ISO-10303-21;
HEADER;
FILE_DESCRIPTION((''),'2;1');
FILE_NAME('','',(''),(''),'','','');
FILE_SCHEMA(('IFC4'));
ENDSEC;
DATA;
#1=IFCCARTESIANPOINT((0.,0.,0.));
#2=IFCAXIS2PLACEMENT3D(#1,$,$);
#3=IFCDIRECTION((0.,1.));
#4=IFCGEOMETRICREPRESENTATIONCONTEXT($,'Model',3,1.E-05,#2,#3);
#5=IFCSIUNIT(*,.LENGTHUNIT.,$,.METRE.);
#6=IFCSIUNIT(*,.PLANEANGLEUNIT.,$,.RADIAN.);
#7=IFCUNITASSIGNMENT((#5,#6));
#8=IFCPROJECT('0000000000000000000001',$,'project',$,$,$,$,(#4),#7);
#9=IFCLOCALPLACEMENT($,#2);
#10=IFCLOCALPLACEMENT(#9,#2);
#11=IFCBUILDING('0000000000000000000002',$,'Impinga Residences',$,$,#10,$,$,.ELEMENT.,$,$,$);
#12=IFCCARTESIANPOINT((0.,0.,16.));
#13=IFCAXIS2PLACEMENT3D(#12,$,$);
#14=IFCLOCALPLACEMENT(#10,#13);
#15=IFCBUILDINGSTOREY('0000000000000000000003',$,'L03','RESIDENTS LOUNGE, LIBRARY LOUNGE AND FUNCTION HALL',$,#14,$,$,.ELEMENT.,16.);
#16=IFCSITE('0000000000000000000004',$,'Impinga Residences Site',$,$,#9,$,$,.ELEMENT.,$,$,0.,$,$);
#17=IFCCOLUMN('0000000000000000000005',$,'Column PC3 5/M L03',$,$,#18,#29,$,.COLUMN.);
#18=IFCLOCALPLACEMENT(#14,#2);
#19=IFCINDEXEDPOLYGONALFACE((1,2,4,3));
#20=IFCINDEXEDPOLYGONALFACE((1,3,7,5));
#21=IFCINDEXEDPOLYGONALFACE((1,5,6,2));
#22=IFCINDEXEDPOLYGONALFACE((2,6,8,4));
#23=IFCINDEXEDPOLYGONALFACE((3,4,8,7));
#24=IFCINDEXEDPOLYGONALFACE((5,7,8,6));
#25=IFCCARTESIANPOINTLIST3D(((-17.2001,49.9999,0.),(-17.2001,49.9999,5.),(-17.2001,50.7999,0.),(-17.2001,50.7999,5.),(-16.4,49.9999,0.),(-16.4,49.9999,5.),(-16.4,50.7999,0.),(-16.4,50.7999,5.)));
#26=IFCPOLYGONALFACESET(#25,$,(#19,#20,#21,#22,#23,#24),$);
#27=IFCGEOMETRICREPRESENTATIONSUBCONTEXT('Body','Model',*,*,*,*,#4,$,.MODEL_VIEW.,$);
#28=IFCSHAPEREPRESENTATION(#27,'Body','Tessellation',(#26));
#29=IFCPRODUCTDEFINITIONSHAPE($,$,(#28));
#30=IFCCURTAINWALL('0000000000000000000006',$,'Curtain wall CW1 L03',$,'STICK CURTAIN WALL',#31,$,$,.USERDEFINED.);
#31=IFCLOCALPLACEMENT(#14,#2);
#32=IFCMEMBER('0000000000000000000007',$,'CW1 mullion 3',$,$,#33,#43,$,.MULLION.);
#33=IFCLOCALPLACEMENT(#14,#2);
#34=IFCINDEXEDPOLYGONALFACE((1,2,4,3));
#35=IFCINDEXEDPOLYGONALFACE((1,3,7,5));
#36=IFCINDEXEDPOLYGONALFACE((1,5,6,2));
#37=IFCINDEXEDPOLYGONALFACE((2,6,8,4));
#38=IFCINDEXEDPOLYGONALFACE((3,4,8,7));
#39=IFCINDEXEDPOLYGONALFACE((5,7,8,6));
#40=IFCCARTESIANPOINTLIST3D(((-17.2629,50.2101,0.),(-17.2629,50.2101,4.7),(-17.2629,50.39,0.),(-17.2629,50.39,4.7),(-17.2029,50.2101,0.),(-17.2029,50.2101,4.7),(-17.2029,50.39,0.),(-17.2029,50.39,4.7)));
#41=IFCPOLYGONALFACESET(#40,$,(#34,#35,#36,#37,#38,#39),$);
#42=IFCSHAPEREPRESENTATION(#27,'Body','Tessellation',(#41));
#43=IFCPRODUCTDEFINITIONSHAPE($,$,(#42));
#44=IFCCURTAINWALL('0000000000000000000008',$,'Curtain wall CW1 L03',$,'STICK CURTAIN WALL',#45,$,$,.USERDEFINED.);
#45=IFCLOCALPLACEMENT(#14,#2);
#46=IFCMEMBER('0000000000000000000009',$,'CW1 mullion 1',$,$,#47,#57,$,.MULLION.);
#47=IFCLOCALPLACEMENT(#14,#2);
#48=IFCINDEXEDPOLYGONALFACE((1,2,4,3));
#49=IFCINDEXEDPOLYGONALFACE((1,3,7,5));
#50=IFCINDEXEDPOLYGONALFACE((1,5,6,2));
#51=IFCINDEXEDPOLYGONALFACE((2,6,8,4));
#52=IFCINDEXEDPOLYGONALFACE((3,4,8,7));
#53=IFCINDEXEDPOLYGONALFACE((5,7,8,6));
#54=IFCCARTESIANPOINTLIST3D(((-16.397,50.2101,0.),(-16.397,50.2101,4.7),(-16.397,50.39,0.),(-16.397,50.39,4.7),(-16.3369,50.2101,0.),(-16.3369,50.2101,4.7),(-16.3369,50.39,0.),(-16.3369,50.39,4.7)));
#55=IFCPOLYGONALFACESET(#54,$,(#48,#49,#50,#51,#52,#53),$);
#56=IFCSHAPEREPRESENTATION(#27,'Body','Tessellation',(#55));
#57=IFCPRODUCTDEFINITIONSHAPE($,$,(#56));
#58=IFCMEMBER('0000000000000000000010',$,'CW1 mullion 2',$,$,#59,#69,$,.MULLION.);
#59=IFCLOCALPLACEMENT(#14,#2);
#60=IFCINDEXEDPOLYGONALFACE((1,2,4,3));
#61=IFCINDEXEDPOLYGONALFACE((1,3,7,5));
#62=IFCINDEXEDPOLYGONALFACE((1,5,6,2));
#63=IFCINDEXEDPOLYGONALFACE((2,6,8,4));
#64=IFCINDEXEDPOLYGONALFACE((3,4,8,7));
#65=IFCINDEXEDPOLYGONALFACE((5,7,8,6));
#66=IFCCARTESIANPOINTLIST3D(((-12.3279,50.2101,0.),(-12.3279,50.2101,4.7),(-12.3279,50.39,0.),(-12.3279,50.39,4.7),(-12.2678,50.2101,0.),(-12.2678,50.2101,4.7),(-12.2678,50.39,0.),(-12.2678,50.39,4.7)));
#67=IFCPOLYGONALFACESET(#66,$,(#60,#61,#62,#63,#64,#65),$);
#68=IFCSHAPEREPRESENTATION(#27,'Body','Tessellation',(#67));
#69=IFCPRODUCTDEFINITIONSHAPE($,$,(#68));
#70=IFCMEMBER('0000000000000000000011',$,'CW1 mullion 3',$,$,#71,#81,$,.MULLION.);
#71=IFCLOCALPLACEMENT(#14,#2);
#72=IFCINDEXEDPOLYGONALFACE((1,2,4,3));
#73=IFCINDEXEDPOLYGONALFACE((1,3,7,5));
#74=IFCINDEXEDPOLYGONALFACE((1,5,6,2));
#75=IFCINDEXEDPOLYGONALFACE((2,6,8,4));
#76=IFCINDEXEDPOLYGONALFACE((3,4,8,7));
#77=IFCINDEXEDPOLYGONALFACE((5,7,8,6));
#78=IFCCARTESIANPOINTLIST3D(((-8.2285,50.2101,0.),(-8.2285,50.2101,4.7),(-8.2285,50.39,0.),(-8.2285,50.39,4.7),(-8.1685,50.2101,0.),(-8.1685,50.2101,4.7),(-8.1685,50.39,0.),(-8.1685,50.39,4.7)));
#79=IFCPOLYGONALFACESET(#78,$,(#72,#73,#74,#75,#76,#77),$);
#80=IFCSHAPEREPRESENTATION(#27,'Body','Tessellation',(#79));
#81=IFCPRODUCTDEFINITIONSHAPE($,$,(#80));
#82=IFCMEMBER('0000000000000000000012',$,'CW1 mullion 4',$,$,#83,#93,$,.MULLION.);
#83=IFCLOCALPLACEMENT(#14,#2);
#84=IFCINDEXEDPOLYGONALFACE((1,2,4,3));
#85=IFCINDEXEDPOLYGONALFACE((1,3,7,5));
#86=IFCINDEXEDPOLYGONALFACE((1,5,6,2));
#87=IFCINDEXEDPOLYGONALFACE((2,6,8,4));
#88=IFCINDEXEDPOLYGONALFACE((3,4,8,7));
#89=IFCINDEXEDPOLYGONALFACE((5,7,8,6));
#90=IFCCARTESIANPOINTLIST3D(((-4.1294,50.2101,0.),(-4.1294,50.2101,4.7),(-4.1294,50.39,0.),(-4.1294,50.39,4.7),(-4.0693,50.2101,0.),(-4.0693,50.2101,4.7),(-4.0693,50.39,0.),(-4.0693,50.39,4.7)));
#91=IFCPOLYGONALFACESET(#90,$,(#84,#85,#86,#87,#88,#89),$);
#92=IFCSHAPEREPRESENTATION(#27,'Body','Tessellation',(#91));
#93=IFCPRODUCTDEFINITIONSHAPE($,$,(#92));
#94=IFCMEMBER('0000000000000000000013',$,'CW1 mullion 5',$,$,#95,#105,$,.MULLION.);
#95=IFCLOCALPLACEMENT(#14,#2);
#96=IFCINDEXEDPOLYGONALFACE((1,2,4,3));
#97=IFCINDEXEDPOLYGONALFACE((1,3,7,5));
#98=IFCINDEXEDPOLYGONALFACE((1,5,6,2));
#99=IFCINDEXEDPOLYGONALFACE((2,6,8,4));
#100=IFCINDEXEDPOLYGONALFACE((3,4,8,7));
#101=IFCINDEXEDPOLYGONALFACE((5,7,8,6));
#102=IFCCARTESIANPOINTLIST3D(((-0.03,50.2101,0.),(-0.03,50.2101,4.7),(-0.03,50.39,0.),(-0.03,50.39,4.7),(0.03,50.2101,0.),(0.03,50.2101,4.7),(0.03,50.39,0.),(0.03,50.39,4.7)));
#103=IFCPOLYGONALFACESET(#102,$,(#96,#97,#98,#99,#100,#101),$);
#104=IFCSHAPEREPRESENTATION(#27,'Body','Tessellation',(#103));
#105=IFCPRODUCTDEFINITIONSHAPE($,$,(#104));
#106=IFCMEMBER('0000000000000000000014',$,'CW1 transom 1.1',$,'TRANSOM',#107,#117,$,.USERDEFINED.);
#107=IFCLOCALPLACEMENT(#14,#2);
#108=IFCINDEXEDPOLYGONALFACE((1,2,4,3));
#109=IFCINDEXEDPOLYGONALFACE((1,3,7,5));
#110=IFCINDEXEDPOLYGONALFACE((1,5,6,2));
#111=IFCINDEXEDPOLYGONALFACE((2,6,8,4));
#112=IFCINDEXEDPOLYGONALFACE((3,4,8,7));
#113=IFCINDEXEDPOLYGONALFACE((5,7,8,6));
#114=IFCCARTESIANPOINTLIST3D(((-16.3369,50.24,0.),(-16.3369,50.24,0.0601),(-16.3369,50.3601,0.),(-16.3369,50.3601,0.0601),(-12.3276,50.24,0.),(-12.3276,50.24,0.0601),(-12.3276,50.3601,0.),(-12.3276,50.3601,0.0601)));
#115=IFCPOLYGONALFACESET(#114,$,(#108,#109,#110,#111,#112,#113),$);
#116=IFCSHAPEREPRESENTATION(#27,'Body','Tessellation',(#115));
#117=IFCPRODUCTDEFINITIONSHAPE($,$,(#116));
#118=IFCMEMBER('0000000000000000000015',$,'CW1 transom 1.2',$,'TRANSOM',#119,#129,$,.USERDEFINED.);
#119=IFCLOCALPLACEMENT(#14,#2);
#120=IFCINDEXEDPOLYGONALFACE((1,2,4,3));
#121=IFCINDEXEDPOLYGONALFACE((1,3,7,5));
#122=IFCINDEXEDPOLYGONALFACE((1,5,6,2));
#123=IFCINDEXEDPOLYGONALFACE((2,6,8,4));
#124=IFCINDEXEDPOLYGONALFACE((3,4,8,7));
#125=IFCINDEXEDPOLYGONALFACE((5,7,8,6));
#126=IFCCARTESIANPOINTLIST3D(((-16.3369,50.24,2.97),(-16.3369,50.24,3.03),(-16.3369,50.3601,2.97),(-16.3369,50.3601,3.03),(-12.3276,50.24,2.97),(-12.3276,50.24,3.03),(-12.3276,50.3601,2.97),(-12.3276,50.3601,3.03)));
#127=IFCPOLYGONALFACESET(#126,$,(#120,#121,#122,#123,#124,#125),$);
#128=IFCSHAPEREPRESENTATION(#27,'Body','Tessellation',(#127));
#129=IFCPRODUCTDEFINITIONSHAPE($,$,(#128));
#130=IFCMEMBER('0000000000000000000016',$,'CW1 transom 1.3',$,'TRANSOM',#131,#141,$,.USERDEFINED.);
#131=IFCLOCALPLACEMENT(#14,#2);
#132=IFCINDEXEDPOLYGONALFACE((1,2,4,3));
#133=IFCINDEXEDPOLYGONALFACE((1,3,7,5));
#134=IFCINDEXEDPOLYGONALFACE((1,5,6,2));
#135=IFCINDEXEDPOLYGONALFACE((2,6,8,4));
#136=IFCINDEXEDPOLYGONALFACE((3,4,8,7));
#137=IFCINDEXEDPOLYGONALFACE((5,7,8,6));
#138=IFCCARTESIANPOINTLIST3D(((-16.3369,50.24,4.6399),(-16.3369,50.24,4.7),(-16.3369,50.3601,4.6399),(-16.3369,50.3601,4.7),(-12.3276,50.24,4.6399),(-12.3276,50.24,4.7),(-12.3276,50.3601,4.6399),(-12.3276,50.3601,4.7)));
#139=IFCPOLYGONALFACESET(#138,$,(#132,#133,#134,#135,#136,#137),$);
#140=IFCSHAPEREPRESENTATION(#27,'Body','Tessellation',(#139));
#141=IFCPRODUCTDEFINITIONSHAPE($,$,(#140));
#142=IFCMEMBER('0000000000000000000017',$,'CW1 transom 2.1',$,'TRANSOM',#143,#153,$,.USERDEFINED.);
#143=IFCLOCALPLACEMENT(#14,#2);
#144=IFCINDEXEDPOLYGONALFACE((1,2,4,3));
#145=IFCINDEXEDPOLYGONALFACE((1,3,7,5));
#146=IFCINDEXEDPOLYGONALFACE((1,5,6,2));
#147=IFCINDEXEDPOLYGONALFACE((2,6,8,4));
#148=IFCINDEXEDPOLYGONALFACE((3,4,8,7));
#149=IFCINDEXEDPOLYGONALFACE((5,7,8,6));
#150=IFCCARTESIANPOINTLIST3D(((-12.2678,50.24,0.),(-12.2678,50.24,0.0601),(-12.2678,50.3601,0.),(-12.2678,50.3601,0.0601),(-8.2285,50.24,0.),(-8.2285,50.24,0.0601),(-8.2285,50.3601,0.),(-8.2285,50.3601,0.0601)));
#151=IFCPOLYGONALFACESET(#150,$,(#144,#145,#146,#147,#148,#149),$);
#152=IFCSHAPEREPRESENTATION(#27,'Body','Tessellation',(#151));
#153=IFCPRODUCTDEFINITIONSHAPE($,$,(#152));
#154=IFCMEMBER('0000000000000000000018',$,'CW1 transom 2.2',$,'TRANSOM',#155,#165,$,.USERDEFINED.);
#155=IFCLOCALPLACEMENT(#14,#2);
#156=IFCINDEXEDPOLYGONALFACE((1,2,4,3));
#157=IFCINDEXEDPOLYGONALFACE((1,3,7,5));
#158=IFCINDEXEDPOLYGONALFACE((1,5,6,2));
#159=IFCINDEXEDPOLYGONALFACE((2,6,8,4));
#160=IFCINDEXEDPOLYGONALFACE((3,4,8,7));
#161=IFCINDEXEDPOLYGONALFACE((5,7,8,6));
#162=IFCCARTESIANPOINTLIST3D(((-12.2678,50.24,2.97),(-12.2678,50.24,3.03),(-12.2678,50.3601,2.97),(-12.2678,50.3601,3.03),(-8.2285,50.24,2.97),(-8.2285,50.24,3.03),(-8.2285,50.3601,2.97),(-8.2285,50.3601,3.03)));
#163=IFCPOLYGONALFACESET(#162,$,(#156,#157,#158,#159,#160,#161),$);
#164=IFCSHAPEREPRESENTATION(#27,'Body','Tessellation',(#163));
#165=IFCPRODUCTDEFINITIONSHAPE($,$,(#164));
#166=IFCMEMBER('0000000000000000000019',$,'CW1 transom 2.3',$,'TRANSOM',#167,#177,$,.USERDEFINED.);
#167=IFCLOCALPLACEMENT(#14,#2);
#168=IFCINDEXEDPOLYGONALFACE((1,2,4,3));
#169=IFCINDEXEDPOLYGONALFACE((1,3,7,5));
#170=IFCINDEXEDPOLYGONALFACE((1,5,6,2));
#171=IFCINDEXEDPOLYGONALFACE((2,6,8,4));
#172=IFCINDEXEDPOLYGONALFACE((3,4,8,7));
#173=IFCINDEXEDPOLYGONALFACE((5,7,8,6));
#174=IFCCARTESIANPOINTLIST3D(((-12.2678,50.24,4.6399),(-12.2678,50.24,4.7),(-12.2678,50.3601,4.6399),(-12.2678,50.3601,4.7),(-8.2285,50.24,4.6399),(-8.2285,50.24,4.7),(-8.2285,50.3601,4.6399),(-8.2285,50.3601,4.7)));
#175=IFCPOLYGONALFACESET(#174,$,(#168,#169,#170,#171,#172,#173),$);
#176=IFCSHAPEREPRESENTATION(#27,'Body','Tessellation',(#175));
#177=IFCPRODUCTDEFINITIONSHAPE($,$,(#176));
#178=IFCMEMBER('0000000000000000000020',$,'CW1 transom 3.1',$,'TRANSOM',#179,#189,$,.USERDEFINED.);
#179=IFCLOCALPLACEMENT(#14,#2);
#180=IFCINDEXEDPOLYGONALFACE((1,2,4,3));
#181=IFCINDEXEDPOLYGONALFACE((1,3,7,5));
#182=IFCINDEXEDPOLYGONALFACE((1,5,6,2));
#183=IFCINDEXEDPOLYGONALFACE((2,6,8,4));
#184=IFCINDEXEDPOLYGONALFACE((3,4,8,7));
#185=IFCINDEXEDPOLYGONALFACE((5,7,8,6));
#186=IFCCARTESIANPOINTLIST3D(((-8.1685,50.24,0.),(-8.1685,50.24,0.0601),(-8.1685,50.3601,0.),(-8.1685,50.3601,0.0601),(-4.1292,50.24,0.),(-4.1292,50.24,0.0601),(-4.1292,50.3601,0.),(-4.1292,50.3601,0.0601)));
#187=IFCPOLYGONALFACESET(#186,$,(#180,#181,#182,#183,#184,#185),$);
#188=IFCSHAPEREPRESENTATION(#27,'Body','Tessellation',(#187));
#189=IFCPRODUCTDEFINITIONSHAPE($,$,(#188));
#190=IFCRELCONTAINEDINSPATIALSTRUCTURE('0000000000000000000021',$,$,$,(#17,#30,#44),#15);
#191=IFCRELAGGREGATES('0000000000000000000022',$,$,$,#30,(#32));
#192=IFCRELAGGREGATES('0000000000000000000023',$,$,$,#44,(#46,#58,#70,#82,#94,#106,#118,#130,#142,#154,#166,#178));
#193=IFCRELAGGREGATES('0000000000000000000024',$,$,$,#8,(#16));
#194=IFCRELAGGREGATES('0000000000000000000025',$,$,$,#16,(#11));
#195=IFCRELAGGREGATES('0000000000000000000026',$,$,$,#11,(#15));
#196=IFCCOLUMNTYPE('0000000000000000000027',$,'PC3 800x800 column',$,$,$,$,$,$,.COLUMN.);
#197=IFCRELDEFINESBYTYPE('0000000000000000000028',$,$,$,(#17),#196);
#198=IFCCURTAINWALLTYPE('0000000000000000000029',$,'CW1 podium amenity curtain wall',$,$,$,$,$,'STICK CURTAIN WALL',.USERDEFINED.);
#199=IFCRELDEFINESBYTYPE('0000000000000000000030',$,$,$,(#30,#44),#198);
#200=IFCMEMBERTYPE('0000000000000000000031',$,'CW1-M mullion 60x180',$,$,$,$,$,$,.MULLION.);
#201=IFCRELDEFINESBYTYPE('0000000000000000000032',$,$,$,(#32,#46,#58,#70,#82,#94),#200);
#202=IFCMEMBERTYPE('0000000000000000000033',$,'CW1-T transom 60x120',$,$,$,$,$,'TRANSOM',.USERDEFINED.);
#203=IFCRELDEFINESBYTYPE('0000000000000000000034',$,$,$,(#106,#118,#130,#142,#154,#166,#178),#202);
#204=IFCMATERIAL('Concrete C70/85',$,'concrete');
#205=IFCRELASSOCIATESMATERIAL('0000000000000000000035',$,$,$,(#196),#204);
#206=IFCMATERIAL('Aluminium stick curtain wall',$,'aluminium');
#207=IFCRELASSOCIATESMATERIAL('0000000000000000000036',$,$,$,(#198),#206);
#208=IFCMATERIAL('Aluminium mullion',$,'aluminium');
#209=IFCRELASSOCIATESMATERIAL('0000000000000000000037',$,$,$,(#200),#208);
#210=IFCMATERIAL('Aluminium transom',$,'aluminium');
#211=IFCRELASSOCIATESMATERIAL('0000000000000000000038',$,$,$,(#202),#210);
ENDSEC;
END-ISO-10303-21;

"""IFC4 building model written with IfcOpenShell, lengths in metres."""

from ifc_helpers import new_model, si_unit, direction, frame, origin, origin_2d, place, context, subcontext, project, spatial, rectangle, extrude, material, material_profile, profile_set, type_object, element, aggregate, save


model = new_model("IFC4")

# Units and contexts
model_context = context("Model", 3, precision=1e-05, world=origin(), true_north=direction((0.0, 1.0)))
body_context = subcontext(model_context, "Body", "Model", "MODEL_VIEW")
ifc_project = project(units=[si_unit("LENGTHUNIT", "METRE"), si_unit("PLANEANGLEUNIT", "RADIAN")], contexts=[model_context])

# Site, building, storey
site_placement = place(None, origin())
site = spatial("IfcSite", under=ifc_project, at=site_placement, Name="Impinga Residences Site", CompositionType="ELEMENT", RefElevation=0.0)
building_placement = place(site_placement, origin())
building = spatial("IfcBuilding", under=site, at=building_placement, Name="Impinga Residences", CompositionType="ELEMENT")
storey_placement = place(building_placement, frame((0.0, 0.0, 16.0)))
storey = spatial("IfcBuildingStorey", under=building, at=storey_placement, Name="L03", Description="RESIDENTS LOUNGE, LIBRARY LOUNGE AND FUNCTION HALL", CompositionType="ELEMENT", Elevation=16.0)

# Column
ifc_material_1 = material(Name="Concrete C70/85", Category="concrete")
ifc_material_profile_1 = material_profile(ifc_material_1, rectangle(XDim=0.8, YDim=0.8, at=origin_2d()), Name="RC 800x800")
ifc_profile_set_1 = profile_set([ifc_material_profile_1], Name="Concrete C70/85")
column_type = type_object("IfcColumnType", Name="PC3 800x800 column", PredefinedType="COLUMN", material=ifc_profile_set_1)
column_placement = place(storey_placement, frame((-16.8, 50.3999, 0.0), z_axis=(0.0, 0.0, 1.0), x_axis=(1.0, 0.0, 0.0)))
element("IfcColumn", 1, at=column_placement, inside=storey, type_object=column_type, Name="Column PC3 5/M L03", PredefinedType="COLUMN", context=body_context, shape_type="SweptSolid", body=[
    extrude(rectangle(XDim=0.8, YDim=0.8, at=origin_2d()), origin(), (0.0, 0.0, 1.0), 5.0),
])

# Curtain wall, member
ifc_material_2 = material(Name="Aluminium stick curtain wall", Category="aluminium")
curtain_wall_type = type_object("IfcCurtainWallType", Name="CW1 podium amenity curtain wall", ElementType="STICK CURTAIN WALL", PredefinedType="USERDEFINED", material=ifc_material_2)
curtain_wall_1_placement = place(storey_placement, origin())
curtain_wall_1 = element("IfcCurtainWall", 2, at=curtain_wall_1_placement, inside=storey, type_object=curtain_wall_type, Name="Curtain wall CW1 L03", ObjectType="STICK CURTAIN WALL", PredefinedType="USERDEFINED")
ifc_material_3 = material(Name="Aluminium mullion", Category="aluminium")
ifc_material_profile_2 = material_profile(ifc_material_3, rectangle(XDim=0.0601, YDim=0.1799, at=origin_2d()), Name="60x180 mullion")
ifc_profile_set_2 = profile_set([ifc_material_profile_2], Name="Aluminium mullion")
member_type_1 = type_object("IfcMemberType", Name="CW1-M mullion 60x180", PredefinedType="MULLION", material=ifc_profile_set_2)
member_1_placement = place(storey_placement, frame((-17.2329, 50.3, 0.0), z_axis=(0.0, 0.0, 1.0), x_axis=(1.0, 0.0, 0.0)))
member_1 = element("IfcMember", 3, at=member_1_placement, type_object=member_type_1, Name="CW1 mullion 3", PredefinedType="MULLION", context=body_context, shape_type="SweptSolid", body=[
    extrude(rectangle(XDim=0.0601, YDim=0.1799, at=origin_2d()), origin(), (0.0, 0.0, 1.0), 4.7),
])

# Curtain wall, members
curtain_wall_2_placement = place(storey_placement, origin())
curtain_wall_2 = element("IfcCurtainWall", 4, at=curtain_wall_2_placement, inside=storey, type_object=curtain_wall_type, Name="Curtain wall CW1 L03", ObjectType="STICK CURTAIN WALL", PredefinedType="USERDEFINED")
member_2_placement = place(storey_placement, frame((-16.3669, 50.3, 0.0), z_axis=(0.0, 0.0, 1.0), x_axis=(1.0, 0.0, 0.0)))
member_2 = element("IfcMember", 5, at=member_2_placement, type_object=member_type_1, Name="CW1 mullion 1", PredefinedType="MULLION", context=body_context, shape_type="SweptSolid", body=[
    extrude(rectangle(XDim=0.0601, YDim=0.1799, at=origin_2d()), origin(), (0.0, 0.0, 1.0), 4.7),
])
member_3_placement = place(storey_placement, frame((-12.2979, 50.3, 0.0), z_axis=(0.0, 0.0, 1.0), x_axis=(1.0, 0.0, 0.0)))
member_3 = element("IfcMember", 6, at=member_3_placement, type_object=member_type_1, Name="CW1 mullion 2", PredefinedType="MULLION", context=body_context, shape_type="SweptSolid", body=[
    extrude(rectangle(XDim=0.0601, YDim=0.1799, at=origin_2d()), origin(), (0.0, 0.0, 1.0), 4.7),
])
member_4_placement = place(storey_placement, frame((-8.1985, 50.3, 0.0), z_axis=(0.0, 0.0, 1.0), x_axis=(1.0, 0.0, 0.0)))
member_4 = element("IfcMember", 7, at=member_4_placement, type_object=member_type_1, Name="CW1 mullion 3", PredefinedType="MULLION", context=body_context, shape_type="SweptSolid", body=[
    extrude(rectangle(XDim=0.0601, YDim=0.1799, at=origin_2d()), origin(), (0.0, 0.0, 1.0), 4.7),
])
member_5_placement = place(storey_placement, frame((-4.0994, 50.3, 0.0), z_axis=(0.0, 0.0, 1.0), x_axis=(1.0, 0.0, 0.0)))
member_5 = element("IfcMember", 8, at=member_5_placement, type_object=member_type_1, Name="CW1 mullion 4", PredefinedType="MULLION", context=body_context, shape_type="SweptSolid", body=[
    extrude(rectangle(XDim=0.0601, YDim=0.1799, at=origin_2d()), origin(), (0.0, 0.0, 1.0), 4.7),
])
member_6_placement = place(storey_placement, frame((0.0, 50.3, 0.0), z_axis=(0.0, 0.0, 1.0), x_axis=(1.0, 0.0, 0.0)))
member_6 = element("IfcMember", 9, at=member_6_placement, type_object=member_type_1, Name="CW1 mullion 5", PredefinedType="MULLION", context=body_context, shape_type="SweptSolid", body=[
    extrude(rectangle(XDim=0.0601, YDim=0.1799, at=origin_2d()), origin(), (0.0, 0.0, 1.0), 4.7),
])
ifc_material_4 = material(Name="Aluminium transom", Category="aluminium")
ifc_material_profile_3 = material_profile(ifc_material_4, rectangle(XDim=0.0601, YDim=0.1201, at=origin_2d()), Name="60x120 transom")
ifc_profile_set_3 = profile_set([ifc_material_profile_3], Name="Aluminium transom")
member_type_2 = type_object("IfcMemberType", Name="CW1-T transom 60x120", ElementType="TRANSOM", PredefinedType="USERDEFINED", material=ifc_profile_set_3)
member_7_placement = place(storey_placement, frame((-16.3369, 50.3, 0.03), z_axis=(1.0, 0.0, 0.0), x_axis=(0.0, 0.0, 1.0)))
member_7 = element("IfcMember", 10, at=member_7_placement, type_object=member_type_2, Name="CW1 transom 1.1", ObjectType="TRANSOM", PredefinedType="USERDEFINED", context=body_context, shape_type="SweptSolid", body=[
    extrude(rectangle(XDim=0.0601, YDim=0.1201, at=origin_2d()), origin(), (0.0, 0.0, 1.0), 4.0093),
])
member_8_placement = place(storey_placement, frame((-16.3369, 50.3, 3.0), z_axis=(1.0, 0.0, 0.0), x_axis=(0.0, 0.0, 1.0)))
member_8 = element("IfcMember", 11, at=member_8_placement, type_object=member_type_2, Name="CW1 transom 1.2", ObjectType="TRANSOM", PredefinedType="USERDEFINED", context=body_context, shape_type="SweptSolid", body=[
    extrude(rectangle(XDim=0.0601, YDim=0.1201, at=origin_2d()), origin(), (0.0, 0.0, 1.0), 4.0093),
])
member_9_placement = place(storey_placement, frame((-16.3369, 50.3, 4.6699), z_axis=(1.0, 0.0, 0.0), x_axis=(0.0, 0.0, 1.0)))
member_9 = element("IfcMember", 12, at=member_9_placement, type_object=member_type_2, Name="CW1 transom 1.3", ObjectType="TRANSOM", PredefinedType="USERDEFINED", context=body_context, shape_type="SweptSolid", body=[
    extrude(rectangle(XDim=0.0601, YDim=0.1201, at=origin_2d()), origin(), (0.0, 0.0, 1.0), 4.0093),
])
member_10_placement = place(storey_placement, frame((-12.2678, 50.3, 0.03), z_axis=(1.0, 0.0, 0.0), x_axis=(0.0, 0.0, 1.0)))
member_10 = element("IfcMember", 13, at=member_10_placement, type_object=member_type_2, Name="CW1 transom 2.1", ObjectType="TRANSOM", PredefinedType="USERDEFINED", context=body_context, shape_type="SweptSolid", body=[
    extrude(rectangle(XDim=0.0601, YDim=0.1201, at=origin_2d()), origin(), (0.0, 0.0, 1.0), 4.0393),
])
member_11_placement = place(storey_placement, frame((-12.2678, 50.3, 3.0), z_axis=(1.0, 0.0, 0.0), x_axis=(0.0, 0.0, 1.0)))
member_11 = element("IfcMember", 14, at=member_11_placement, type_object=member_type_2, Name="CW1 transom 2.2", ObjectType="TRANSOM", PredefinedType="USERDEFINED", context=body_context, shape_type="SweptSolid", body=[
    extrude(rectangle(XDim=0.0601, YDim=0.1201, at=origin_2d()), origin(), (0.0, 0.0, 1.0), 4.0393),
])
member_12_placement = place(storey_placement, frame((-12.2678, 50.3, 4.6699), z_axis=(1.0, 0.0, 0.0), x_axis=(0.0, 0.0, 1.0)))
member_12 = element("IfcMember", 15, at=member_12_placement, type_object=member_type_2, Name="CW1 transom 2.3", ObjectType="TRANSOM", PredefinedType="USERDEFINED", context=body_context, shape_type="SweptSolid", body=[
    extrude(rectangle(XDim=0.0601, YDim=0.1201, at=origin_2d()), origin(), (0.0, 0.0, 1.0), 4.0393),
])
member_13_placement = place(storey_placement, frame((-8.1685, 50.3, 0.03), z_axis=(1.0, 0.0, 0.0), x_axis=(0.0, 0.0, 1.0)))
member_13 = element("IfcMember", 16, at=member_13_placement, type_object=member_type_2, Name="CW1 transom 3.1", ObjectType="TRANSOM", PredefinedType="USERDEFINED", context=body_context, shape_type="SweptSolid", body=[
    extrude(rectangle(XDim=0.0601, YDim=0.1201, at=origin_2d()), origin(), (0.0, 0.0, 1.0), 4.0393),
])

aggregate(curtain_wall_1, [member_1])
aggregate(curtain_wall_2, [member_2, member_3, member_4, member_5, member_6, member_7, member_8, member_9, member_10, member_11, member_12, member_13])

save(model, "model.ifc")
